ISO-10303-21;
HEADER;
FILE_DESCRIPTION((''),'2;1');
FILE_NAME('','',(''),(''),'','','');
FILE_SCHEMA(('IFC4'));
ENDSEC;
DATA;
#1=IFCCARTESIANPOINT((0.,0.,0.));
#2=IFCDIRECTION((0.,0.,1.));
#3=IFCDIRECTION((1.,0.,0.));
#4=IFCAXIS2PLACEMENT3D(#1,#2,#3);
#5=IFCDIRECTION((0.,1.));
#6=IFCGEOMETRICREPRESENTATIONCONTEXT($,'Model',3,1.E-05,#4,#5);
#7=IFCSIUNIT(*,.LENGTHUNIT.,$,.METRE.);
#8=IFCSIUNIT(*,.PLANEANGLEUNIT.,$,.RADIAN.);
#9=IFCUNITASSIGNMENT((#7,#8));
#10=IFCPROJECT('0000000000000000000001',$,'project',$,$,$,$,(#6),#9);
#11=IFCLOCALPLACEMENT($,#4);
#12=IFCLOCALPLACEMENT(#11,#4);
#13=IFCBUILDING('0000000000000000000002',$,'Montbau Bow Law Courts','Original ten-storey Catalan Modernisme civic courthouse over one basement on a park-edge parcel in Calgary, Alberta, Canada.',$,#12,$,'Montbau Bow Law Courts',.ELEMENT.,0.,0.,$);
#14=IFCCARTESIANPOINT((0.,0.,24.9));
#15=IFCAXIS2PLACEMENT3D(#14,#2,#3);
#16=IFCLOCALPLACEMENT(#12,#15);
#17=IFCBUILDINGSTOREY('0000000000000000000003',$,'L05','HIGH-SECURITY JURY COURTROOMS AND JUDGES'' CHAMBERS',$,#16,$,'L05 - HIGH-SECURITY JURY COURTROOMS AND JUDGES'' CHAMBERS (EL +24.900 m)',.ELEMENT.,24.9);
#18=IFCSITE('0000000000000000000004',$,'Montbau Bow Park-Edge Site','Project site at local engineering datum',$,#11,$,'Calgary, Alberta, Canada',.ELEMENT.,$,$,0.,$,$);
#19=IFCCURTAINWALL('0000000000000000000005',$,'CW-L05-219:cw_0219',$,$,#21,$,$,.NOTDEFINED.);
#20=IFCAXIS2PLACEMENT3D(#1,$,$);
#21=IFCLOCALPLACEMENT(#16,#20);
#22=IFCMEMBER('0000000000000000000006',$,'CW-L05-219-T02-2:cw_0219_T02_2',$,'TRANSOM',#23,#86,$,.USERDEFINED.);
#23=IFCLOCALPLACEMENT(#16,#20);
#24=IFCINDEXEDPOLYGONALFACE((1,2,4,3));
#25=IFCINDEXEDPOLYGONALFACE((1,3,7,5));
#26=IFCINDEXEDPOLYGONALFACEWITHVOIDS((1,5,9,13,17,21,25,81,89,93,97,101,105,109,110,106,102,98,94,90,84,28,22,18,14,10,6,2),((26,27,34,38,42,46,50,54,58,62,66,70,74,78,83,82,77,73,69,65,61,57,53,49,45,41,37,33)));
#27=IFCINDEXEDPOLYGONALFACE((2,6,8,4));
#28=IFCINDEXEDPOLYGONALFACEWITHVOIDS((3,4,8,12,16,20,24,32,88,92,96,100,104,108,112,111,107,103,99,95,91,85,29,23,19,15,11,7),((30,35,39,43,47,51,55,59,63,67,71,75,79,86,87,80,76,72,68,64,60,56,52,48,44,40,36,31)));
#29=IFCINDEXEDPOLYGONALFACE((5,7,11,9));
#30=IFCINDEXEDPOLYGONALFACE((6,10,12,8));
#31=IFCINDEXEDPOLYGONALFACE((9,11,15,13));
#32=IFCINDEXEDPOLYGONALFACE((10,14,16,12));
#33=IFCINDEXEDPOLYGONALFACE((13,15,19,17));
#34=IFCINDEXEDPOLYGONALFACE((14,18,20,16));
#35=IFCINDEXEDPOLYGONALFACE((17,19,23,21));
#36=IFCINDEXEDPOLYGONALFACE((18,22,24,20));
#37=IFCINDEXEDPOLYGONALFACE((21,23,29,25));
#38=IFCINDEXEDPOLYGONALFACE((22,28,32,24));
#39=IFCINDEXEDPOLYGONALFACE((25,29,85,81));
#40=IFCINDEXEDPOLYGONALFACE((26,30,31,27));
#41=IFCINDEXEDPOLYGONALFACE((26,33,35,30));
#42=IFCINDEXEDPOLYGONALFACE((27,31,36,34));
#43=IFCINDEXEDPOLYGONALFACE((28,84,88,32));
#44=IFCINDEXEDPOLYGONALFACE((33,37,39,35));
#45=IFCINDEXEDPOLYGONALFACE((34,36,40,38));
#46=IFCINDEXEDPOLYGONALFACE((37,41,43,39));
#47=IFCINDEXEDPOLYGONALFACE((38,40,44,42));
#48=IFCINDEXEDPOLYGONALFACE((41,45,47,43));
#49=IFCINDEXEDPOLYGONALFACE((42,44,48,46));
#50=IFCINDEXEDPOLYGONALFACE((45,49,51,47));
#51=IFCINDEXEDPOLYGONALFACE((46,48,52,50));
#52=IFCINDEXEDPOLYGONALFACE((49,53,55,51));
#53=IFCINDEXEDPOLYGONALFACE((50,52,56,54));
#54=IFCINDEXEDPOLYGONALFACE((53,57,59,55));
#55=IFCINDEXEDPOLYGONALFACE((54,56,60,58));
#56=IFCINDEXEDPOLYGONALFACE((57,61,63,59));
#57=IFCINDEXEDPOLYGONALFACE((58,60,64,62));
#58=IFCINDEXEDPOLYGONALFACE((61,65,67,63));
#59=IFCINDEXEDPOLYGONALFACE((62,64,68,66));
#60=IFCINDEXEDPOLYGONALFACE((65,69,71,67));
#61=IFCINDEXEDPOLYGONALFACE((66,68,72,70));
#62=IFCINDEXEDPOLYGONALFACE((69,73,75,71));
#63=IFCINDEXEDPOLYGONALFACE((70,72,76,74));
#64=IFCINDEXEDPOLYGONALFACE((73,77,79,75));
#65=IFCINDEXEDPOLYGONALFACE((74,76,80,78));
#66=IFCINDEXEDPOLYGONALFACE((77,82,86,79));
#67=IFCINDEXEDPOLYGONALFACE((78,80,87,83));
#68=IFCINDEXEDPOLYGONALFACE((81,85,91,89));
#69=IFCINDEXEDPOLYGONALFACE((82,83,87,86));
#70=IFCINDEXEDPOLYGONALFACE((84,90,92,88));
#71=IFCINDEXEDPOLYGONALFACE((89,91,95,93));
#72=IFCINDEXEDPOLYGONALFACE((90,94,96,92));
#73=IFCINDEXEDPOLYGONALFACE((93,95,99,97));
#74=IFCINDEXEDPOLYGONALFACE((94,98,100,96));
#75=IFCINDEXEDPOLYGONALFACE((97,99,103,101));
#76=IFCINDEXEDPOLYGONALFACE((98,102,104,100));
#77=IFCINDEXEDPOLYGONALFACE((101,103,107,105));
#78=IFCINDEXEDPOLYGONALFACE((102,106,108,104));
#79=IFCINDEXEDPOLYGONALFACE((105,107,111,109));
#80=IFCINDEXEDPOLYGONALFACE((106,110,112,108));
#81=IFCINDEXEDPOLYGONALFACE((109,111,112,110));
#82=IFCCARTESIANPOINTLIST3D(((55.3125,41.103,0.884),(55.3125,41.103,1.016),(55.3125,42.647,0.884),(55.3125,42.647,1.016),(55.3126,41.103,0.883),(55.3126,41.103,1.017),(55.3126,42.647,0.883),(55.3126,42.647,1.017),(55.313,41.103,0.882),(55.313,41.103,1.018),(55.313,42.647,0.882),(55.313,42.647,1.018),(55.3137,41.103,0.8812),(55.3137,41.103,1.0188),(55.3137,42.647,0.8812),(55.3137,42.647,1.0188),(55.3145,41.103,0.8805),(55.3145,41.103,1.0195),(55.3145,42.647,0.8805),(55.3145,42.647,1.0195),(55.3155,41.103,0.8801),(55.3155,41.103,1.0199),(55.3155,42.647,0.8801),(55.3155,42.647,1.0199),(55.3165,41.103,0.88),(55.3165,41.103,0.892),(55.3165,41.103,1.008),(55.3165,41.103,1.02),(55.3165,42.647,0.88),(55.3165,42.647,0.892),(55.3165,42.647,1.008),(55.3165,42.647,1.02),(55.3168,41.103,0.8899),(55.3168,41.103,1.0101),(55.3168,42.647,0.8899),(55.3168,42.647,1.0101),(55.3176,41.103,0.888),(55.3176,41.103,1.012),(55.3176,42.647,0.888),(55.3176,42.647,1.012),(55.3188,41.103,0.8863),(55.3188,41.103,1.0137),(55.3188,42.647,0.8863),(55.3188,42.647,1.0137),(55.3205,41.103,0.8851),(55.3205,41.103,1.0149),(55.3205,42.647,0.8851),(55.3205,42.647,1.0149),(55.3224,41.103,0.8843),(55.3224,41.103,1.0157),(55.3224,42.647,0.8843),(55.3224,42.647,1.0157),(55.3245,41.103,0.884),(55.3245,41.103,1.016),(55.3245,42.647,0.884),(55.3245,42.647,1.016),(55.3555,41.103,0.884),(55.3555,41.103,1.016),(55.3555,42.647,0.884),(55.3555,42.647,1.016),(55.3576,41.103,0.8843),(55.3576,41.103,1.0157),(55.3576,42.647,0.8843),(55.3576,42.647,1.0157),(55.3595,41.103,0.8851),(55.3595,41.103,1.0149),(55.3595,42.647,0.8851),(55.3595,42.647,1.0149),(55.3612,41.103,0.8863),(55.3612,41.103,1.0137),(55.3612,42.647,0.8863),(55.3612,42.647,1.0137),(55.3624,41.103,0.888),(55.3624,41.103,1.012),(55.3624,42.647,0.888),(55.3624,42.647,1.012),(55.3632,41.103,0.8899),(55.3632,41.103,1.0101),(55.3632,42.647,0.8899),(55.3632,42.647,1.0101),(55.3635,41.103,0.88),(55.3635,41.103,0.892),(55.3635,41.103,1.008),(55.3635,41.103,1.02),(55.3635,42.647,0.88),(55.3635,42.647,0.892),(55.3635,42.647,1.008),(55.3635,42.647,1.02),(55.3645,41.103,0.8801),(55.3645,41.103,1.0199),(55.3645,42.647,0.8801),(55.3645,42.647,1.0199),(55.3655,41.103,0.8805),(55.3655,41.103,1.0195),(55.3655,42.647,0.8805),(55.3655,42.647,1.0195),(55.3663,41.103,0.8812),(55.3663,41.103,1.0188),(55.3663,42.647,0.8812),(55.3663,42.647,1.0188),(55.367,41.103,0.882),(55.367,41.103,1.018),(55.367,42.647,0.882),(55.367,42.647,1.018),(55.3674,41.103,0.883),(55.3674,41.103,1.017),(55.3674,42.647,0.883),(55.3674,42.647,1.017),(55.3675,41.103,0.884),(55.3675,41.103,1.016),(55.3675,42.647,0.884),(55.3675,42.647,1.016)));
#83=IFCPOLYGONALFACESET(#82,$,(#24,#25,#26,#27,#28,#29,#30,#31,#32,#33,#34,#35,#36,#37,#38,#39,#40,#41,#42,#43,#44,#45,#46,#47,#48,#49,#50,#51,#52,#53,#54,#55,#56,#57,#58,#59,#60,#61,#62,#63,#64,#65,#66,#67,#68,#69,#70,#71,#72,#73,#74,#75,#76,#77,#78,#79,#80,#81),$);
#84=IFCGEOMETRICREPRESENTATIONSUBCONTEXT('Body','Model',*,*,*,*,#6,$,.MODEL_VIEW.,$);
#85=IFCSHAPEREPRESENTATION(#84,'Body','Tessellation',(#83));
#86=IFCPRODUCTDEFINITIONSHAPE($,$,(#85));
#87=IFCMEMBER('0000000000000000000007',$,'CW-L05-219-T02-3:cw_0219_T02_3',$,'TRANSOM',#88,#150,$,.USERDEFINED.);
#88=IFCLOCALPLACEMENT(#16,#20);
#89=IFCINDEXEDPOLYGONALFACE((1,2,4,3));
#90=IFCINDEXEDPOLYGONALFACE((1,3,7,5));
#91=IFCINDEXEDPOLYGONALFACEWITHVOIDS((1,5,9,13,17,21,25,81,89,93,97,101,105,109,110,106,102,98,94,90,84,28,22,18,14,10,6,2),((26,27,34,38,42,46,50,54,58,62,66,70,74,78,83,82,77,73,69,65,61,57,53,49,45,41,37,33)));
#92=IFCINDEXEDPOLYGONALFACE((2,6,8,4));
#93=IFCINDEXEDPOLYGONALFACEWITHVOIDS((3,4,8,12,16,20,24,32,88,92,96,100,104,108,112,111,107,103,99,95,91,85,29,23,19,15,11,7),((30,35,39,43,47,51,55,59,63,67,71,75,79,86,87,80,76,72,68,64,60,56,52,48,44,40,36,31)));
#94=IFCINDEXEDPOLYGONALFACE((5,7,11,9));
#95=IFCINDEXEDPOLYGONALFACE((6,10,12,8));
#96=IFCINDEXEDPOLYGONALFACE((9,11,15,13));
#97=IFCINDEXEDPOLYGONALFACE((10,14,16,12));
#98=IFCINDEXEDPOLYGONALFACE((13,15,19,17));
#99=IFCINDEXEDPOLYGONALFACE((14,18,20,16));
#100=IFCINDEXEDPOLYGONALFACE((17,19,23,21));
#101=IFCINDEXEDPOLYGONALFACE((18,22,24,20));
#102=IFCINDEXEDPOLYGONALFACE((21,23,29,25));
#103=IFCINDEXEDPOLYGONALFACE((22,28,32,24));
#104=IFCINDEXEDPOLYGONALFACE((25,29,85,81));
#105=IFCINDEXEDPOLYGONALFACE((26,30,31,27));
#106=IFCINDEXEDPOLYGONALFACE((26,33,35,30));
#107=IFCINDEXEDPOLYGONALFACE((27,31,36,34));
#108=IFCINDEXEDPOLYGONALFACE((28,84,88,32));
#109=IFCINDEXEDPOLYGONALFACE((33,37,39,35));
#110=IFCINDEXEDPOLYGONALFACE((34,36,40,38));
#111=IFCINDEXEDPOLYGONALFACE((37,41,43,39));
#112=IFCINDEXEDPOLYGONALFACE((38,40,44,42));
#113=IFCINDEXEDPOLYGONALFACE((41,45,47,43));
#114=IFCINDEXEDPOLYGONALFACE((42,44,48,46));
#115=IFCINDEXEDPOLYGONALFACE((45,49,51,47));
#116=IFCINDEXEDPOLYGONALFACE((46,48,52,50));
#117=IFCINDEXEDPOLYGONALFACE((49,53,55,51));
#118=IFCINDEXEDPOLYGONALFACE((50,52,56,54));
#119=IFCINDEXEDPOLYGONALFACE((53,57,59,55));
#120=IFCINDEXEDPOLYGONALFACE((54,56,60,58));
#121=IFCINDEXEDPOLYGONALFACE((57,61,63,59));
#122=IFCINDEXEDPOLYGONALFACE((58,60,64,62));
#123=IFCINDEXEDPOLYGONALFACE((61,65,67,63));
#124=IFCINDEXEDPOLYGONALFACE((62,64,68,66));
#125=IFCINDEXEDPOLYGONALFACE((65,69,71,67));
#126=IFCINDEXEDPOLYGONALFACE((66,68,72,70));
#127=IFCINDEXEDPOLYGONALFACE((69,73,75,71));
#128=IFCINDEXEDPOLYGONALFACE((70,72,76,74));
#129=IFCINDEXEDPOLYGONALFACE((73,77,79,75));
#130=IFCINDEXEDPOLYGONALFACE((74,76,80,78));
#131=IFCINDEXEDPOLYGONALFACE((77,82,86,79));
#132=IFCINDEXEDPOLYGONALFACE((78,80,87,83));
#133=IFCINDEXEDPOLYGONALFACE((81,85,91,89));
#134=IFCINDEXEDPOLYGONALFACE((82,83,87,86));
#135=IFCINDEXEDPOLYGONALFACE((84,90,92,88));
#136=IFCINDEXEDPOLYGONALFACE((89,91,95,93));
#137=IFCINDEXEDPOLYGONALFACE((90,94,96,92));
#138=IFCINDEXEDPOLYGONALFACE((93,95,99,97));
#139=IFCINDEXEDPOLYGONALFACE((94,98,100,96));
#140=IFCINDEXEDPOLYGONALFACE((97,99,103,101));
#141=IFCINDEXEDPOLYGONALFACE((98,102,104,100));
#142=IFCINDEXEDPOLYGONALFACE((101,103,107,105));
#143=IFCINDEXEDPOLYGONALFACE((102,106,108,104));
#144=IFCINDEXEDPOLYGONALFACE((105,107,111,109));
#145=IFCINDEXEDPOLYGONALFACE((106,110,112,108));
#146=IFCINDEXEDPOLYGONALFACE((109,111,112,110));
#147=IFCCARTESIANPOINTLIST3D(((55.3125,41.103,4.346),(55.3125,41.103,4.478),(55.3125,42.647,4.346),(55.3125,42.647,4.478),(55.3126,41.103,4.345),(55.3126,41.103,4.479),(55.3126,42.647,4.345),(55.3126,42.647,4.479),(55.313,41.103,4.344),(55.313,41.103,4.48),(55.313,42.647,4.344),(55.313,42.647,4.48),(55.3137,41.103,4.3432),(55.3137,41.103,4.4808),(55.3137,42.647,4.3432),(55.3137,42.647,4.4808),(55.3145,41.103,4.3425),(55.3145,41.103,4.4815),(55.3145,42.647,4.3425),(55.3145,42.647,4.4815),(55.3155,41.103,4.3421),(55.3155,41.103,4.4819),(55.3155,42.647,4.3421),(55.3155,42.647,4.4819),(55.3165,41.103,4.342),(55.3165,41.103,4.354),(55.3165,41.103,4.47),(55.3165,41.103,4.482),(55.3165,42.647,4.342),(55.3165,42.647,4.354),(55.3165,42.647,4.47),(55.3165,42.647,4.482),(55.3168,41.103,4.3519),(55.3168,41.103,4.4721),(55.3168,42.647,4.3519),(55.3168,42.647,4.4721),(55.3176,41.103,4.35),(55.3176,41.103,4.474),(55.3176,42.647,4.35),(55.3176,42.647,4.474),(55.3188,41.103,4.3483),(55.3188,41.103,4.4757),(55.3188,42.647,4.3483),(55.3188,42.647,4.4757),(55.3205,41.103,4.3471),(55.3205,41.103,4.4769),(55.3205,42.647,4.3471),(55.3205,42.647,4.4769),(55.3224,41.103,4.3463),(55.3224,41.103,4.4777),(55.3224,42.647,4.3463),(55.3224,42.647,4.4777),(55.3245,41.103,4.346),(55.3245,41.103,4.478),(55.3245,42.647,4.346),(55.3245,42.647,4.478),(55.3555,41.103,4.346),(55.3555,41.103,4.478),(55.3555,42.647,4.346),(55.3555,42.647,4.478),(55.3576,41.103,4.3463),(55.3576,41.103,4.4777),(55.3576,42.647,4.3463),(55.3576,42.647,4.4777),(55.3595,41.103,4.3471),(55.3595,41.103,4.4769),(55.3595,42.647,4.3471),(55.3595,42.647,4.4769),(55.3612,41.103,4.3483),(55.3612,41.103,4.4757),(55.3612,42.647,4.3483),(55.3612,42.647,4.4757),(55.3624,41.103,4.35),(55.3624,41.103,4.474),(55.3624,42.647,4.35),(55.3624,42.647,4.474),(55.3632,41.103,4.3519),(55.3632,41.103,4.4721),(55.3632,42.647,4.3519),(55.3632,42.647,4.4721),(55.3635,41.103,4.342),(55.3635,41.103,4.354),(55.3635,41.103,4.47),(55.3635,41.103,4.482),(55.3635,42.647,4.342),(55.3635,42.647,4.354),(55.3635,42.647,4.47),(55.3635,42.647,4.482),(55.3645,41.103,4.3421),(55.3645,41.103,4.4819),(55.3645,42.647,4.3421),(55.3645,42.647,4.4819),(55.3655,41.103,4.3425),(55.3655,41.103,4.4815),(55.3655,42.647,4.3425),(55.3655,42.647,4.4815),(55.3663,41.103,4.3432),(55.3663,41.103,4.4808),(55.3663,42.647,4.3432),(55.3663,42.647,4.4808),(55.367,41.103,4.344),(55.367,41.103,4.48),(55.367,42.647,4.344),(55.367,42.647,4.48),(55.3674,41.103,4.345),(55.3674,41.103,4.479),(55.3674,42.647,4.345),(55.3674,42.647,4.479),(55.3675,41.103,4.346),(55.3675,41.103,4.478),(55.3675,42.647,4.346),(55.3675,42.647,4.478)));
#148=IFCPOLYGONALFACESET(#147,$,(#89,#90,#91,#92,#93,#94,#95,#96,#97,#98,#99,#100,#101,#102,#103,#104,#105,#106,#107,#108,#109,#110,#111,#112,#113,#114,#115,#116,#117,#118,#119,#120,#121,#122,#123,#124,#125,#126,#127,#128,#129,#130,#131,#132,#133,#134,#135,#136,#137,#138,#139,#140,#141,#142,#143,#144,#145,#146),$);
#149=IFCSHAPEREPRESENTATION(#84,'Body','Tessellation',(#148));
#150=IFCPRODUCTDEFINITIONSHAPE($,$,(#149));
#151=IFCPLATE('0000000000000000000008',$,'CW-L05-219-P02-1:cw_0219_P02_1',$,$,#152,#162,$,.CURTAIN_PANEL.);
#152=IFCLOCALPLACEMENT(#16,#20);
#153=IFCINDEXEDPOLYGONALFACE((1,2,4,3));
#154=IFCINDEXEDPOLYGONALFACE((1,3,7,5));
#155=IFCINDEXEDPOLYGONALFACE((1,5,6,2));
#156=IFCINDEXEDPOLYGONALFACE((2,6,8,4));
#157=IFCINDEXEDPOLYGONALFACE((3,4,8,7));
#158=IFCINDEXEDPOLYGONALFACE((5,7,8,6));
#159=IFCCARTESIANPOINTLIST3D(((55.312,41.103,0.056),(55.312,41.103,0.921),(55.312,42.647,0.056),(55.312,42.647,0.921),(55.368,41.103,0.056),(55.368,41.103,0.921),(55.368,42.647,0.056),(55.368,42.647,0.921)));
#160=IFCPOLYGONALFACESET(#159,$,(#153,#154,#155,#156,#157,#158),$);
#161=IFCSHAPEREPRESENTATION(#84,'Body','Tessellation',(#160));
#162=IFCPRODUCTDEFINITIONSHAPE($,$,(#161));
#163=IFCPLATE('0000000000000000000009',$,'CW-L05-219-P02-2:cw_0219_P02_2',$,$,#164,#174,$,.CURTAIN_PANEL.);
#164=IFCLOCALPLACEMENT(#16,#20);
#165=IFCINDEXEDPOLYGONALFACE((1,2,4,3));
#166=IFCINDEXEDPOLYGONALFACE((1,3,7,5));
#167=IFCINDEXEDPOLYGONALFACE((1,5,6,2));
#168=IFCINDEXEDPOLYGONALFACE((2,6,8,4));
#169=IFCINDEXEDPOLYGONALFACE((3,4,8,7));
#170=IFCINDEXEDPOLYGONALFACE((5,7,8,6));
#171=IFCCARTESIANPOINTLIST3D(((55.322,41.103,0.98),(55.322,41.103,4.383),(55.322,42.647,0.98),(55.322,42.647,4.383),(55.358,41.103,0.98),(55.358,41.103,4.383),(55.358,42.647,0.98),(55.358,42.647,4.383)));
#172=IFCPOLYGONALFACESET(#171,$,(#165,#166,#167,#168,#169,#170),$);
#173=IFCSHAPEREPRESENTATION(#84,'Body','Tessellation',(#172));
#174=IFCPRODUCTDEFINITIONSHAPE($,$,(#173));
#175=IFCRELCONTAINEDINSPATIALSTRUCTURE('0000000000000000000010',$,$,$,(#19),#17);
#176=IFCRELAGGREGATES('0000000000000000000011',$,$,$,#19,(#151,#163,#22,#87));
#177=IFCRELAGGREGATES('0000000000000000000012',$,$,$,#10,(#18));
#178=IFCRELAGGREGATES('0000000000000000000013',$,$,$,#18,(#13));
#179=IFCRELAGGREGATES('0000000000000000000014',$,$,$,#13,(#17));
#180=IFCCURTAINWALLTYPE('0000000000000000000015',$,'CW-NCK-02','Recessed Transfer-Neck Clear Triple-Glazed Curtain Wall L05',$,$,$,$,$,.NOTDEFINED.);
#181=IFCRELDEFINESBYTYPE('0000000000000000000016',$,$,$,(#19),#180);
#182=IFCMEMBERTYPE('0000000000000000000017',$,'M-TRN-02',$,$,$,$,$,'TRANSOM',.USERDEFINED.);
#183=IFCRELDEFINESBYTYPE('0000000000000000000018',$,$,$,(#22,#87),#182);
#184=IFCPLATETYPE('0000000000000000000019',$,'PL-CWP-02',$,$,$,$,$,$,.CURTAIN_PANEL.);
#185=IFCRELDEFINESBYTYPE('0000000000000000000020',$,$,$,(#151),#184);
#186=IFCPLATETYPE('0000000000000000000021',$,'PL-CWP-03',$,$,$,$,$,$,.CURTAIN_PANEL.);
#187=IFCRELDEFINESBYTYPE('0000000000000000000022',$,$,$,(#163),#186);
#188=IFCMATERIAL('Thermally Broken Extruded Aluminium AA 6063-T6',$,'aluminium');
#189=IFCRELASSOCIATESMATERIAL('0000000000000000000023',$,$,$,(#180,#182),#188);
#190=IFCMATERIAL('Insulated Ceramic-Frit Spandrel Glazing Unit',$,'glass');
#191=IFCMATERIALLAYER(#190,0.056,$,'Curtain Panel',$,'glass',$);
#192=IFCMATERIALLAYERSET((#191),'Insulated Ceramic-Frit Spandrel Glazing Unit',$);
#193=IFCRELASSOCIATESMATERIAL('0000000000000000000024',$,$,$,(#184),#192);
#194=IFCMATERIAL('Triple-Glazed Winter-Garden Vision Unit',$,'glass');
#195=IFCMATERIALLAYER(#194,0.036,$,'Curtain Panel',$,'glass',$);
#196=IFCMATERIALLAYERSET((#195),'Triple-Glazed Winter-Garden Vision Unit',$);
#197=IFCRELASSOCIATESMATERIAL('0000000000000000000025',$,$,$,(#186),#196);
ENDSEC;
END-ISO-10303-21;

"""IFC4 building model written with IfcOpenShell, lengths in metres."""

from ifc_helpers import new_model, si_unit, direction, frame, frame_2d, origin_with_axes, origin_2d_with_axis, place, context, subcontext, project, spatial, rectangle, hollow_rectangle, extrude, material, layer, layer_set, material_profile, profile_set, type_object, element, aggregate, save


model = new_model("IFC4")

# Units and contexts
model_context = context("Model", 3, precision=1e-05, world=origin_with_axes(), true_north=direction((0.0, 1.0)))
body_context = subcontext(model_context, "Body", "Model", "MODEL_VIEW")
ifc_project = project(units=[si_unit("LENGTHUNIT", "METRE"), si_unit("PLANEANGLEUNIT", "RADIAN")], contexts=[model_context])

# Site, building, storey
site_placement = place(None, origin_with_axes())
site = spatial("IfcSite", under=ifc_project, at=site_placement, Name="Montbau Bow Park-Edge Site", Description="Project site at local engineering datum", LongName="Calgary, Alberta, Canada", CompositionType="ELEMENT", RefElevation=0.0)
building_placement = place(site_placement, origin_with_axes())
building = spatial("IfcBuilding", under=site, at=building_placement, Name="Montbau Bow Law Courts", Description="Original ten-storey Catalan Modernisme civic courthouse over one basement on a park-edge parcel in Calgary, Alberta, Canada.", LongName="Montbau Bow Law Courts", CompositionType="ELEMENT", ElevationOfRefHeight=0.0, ElevationOfTerrain=0.0)
storey_placement = place(building_placement, frame((0.0, 0.0, 24.9), z_axis=(0.0, 0.0, 1.0), x_axis=(1.0, 0.0, 0.0)))
storey = spatial("IfcBuildingStorey", under=building, at=storey_placement, Name="L05", Description="HIGH-SECURITY JURY COURTROOMS AND JUDGES' CHAMBERS", LongName="L05 - HIGH-SECURITY JURY COURTROOMS AND JUDGES' CHAMBERS (EL +24.900 m)", CompositionType="ELEMENT", Elevation=24.9)

# Curtain wall, members, plates
ifc_material_1 = material(Name="Thermally Broken Extruded Aluminium AA 6063-T6", Category="aluminium")
curtain_wall_type = type_object("IfcCurtainWallType", Name="CW-NCK-02", Description="Recessed Transfer-Neck Clear Triple-Glazed Curtain Wall L05", PredefinedType="NOTDEFINED", material=ifc_material_1)
curtain_wall_placement = place(None, frame((55.34, 39.44, 24.9), z_axis=(0.0, 0.0, 1.0), x_axis=(1.0, 0.0, 0.0)))
curtain_wall = element("IfcCurtainWall", 1, at=curtain_wall_placement, inside=storey, type_object=curtain_wall_type, Name="CW-L05-219:cw_0219", PredefinedType="NOTDEFINED")
ifc_material_profile_1 = material_profile(ifc_material_1, hollow_rectangle(XDim=0.055, YDim=0.14, WallThickness=0.004, InnerFilletRadius=0.008, OuterFilletRadius=0.004, at=origin_2d_with_axis()), Name="CWT-140X55", Category="Main", Priority=0)
ifc_profile_set_1 = profile_set([ifc_material_profile_1], Name="Thermally Broken Extruded Aluminium AA 6063-T6")
member_type_1 = type_object("IfcMemberType", Name="M-TRN-02", ElementType="TRANSOM", PredefinedType="USERDEFINED", material=ifc_profile_set_1)
member_1_placement = place(None, frame((55.34, 41.103, 25.85), z_axis=(0.0, 1.0, 0.0), x_axis=(-1.0, 0.0, 0.0)))
member_1 = element("IfcMember", 2, at=member_1_placement, type_object=member_type_1, Name="CW-L05-219-T02-2:cw_0219_T02_2", ObjectType="TRANSOM", PredefinedType="USERDEFINED", context=body_context, shape_type="SweptSolid", body=[
    extrude(hollow_rectangle(XDim=0.055, YDim=0.14, WallThickness=0.004, InnerFilletRadius=0.008, OuterFilletRadius=0.004, at=origin_2d_with_axis()), origin_with_axes(), (0.0, 0.0, 1.0), 1.544),
])
member_2_placement = place(None, frame((55.34, 41.103, 29.312), z_axis=(0.0, 1.0, 0.0), x_axis=(-1.0, 0.0, 0.0)))
member_2 = element("IfcMember", 3, at=member_2_placement, type_object=member_type_1, Name="CW-L05-219-T02-3:cw_0219_T02_3", ObjectType="TRANSOM", PredefinedType="USERDEFINED", context=body_context, shape_type="SweptSolid", body=[
    extrude(hollow_rectangle(XDim=0.055, YDim=0.14, WallThickness=0.004, InnerFilletRadius=0.008, OuterFilletRadius=0.004, at=origin_2d_with_axis()), origin_with_axes(), (0.0, 0.0, 1.0), 1.544),
])
ifc_material_2 = material(Name="Insulated Ceramic-Frit Spandrel Glazing Unit", Category="glass")
ifc_layer_1 = layer(ifc_material_2, 0.056, Name="Curtain Panel", Category="glass")
ifc_layer_set_1 = layer_set([ifc_layer_1], Name="Insulated Ceramic-Frit Spandrel Glazing Unit")
plate_type_1 = type_object("IfcPlateType", Name="PL-CWP-02", PredefinedType="CURTAIN_PANEL", material=ifc_layer_set_1)
plate_1_placement = place(None, frame((55.34, 41.103, 24.956), z_axis=(1.0, 0.0, 0.0), x_axis=(0.0, 1.0, 0.0)))
plate_1 = element("IfcPlate", 4, at=plate_1_placement, type_object=plate_type_1, Name="CW-L05-219-P02-1:cw_0219_P02_1", PredefinedType="CURTAIN_PANEL", context=body_context, shape_type="SweptSolid", body=[
    extrude(rectangle(XDim=1.544, YDim=0.865, at=frame_2d((0.772, 0.4325), x_axis=(1.0, 0.0))), frame((0.0, 0.0, -0.028), z_axis=(0.0, 0.0, 1.0), x_axis=(1.0, 0.0, 0.0)), (0.0, 0.0, 1.0), 0.056),
])
ifc_material_3 = material(Name="Triple-Glazed Winter-Garden Vision Unit", Category="glass")
ifc_layer_2 = layer(ifc_material_3, 0.036, Name="Curtain Panel", Category="glass")
ifc_layer_set_2 = layer_set([ifc_layer_2], Name="Triple-Glazed Winter-Garden Vision Unit")
plate_type_2 = type_object("IfcPlateType", Name="PL-CWP-03", PredefinedType="CURTAIN_PANEL", material=ifc_layer_set_2)
plate_2_placement = place(None, frame((55.34, 41.103, 25.88), z_axis=(1.0, 0.0, 0.0), x_axis=(0.0, 1.0, 0.0)))
plate_2 = element("IfcPlate", 5, at=plate_2_placement, type_object=plate_type_2, Name="CW-L05-219-P02-2:cw_0219_P02_2", PredefinedType="CURTAIN_PANEL", context=body_context, shape_type="SweptSolid", body=[
    extrude(rectangle(XDim=1.544, YDim=3.403, at=frame_2d((0.772, 1.7015), x_axis=(1.0, 0.0))), frame((0.0, 0.0, -0.018), z_axis=(0.0, 0.0, 1.0), x_axis=(1.0, 0.0, 0.0)), (0.0, 0.0, 1.0), 0.036),
])
aggregate(curtain_wall, [plate_1, plate_2, member_1, member_2])

save(model, "model.ifc")
